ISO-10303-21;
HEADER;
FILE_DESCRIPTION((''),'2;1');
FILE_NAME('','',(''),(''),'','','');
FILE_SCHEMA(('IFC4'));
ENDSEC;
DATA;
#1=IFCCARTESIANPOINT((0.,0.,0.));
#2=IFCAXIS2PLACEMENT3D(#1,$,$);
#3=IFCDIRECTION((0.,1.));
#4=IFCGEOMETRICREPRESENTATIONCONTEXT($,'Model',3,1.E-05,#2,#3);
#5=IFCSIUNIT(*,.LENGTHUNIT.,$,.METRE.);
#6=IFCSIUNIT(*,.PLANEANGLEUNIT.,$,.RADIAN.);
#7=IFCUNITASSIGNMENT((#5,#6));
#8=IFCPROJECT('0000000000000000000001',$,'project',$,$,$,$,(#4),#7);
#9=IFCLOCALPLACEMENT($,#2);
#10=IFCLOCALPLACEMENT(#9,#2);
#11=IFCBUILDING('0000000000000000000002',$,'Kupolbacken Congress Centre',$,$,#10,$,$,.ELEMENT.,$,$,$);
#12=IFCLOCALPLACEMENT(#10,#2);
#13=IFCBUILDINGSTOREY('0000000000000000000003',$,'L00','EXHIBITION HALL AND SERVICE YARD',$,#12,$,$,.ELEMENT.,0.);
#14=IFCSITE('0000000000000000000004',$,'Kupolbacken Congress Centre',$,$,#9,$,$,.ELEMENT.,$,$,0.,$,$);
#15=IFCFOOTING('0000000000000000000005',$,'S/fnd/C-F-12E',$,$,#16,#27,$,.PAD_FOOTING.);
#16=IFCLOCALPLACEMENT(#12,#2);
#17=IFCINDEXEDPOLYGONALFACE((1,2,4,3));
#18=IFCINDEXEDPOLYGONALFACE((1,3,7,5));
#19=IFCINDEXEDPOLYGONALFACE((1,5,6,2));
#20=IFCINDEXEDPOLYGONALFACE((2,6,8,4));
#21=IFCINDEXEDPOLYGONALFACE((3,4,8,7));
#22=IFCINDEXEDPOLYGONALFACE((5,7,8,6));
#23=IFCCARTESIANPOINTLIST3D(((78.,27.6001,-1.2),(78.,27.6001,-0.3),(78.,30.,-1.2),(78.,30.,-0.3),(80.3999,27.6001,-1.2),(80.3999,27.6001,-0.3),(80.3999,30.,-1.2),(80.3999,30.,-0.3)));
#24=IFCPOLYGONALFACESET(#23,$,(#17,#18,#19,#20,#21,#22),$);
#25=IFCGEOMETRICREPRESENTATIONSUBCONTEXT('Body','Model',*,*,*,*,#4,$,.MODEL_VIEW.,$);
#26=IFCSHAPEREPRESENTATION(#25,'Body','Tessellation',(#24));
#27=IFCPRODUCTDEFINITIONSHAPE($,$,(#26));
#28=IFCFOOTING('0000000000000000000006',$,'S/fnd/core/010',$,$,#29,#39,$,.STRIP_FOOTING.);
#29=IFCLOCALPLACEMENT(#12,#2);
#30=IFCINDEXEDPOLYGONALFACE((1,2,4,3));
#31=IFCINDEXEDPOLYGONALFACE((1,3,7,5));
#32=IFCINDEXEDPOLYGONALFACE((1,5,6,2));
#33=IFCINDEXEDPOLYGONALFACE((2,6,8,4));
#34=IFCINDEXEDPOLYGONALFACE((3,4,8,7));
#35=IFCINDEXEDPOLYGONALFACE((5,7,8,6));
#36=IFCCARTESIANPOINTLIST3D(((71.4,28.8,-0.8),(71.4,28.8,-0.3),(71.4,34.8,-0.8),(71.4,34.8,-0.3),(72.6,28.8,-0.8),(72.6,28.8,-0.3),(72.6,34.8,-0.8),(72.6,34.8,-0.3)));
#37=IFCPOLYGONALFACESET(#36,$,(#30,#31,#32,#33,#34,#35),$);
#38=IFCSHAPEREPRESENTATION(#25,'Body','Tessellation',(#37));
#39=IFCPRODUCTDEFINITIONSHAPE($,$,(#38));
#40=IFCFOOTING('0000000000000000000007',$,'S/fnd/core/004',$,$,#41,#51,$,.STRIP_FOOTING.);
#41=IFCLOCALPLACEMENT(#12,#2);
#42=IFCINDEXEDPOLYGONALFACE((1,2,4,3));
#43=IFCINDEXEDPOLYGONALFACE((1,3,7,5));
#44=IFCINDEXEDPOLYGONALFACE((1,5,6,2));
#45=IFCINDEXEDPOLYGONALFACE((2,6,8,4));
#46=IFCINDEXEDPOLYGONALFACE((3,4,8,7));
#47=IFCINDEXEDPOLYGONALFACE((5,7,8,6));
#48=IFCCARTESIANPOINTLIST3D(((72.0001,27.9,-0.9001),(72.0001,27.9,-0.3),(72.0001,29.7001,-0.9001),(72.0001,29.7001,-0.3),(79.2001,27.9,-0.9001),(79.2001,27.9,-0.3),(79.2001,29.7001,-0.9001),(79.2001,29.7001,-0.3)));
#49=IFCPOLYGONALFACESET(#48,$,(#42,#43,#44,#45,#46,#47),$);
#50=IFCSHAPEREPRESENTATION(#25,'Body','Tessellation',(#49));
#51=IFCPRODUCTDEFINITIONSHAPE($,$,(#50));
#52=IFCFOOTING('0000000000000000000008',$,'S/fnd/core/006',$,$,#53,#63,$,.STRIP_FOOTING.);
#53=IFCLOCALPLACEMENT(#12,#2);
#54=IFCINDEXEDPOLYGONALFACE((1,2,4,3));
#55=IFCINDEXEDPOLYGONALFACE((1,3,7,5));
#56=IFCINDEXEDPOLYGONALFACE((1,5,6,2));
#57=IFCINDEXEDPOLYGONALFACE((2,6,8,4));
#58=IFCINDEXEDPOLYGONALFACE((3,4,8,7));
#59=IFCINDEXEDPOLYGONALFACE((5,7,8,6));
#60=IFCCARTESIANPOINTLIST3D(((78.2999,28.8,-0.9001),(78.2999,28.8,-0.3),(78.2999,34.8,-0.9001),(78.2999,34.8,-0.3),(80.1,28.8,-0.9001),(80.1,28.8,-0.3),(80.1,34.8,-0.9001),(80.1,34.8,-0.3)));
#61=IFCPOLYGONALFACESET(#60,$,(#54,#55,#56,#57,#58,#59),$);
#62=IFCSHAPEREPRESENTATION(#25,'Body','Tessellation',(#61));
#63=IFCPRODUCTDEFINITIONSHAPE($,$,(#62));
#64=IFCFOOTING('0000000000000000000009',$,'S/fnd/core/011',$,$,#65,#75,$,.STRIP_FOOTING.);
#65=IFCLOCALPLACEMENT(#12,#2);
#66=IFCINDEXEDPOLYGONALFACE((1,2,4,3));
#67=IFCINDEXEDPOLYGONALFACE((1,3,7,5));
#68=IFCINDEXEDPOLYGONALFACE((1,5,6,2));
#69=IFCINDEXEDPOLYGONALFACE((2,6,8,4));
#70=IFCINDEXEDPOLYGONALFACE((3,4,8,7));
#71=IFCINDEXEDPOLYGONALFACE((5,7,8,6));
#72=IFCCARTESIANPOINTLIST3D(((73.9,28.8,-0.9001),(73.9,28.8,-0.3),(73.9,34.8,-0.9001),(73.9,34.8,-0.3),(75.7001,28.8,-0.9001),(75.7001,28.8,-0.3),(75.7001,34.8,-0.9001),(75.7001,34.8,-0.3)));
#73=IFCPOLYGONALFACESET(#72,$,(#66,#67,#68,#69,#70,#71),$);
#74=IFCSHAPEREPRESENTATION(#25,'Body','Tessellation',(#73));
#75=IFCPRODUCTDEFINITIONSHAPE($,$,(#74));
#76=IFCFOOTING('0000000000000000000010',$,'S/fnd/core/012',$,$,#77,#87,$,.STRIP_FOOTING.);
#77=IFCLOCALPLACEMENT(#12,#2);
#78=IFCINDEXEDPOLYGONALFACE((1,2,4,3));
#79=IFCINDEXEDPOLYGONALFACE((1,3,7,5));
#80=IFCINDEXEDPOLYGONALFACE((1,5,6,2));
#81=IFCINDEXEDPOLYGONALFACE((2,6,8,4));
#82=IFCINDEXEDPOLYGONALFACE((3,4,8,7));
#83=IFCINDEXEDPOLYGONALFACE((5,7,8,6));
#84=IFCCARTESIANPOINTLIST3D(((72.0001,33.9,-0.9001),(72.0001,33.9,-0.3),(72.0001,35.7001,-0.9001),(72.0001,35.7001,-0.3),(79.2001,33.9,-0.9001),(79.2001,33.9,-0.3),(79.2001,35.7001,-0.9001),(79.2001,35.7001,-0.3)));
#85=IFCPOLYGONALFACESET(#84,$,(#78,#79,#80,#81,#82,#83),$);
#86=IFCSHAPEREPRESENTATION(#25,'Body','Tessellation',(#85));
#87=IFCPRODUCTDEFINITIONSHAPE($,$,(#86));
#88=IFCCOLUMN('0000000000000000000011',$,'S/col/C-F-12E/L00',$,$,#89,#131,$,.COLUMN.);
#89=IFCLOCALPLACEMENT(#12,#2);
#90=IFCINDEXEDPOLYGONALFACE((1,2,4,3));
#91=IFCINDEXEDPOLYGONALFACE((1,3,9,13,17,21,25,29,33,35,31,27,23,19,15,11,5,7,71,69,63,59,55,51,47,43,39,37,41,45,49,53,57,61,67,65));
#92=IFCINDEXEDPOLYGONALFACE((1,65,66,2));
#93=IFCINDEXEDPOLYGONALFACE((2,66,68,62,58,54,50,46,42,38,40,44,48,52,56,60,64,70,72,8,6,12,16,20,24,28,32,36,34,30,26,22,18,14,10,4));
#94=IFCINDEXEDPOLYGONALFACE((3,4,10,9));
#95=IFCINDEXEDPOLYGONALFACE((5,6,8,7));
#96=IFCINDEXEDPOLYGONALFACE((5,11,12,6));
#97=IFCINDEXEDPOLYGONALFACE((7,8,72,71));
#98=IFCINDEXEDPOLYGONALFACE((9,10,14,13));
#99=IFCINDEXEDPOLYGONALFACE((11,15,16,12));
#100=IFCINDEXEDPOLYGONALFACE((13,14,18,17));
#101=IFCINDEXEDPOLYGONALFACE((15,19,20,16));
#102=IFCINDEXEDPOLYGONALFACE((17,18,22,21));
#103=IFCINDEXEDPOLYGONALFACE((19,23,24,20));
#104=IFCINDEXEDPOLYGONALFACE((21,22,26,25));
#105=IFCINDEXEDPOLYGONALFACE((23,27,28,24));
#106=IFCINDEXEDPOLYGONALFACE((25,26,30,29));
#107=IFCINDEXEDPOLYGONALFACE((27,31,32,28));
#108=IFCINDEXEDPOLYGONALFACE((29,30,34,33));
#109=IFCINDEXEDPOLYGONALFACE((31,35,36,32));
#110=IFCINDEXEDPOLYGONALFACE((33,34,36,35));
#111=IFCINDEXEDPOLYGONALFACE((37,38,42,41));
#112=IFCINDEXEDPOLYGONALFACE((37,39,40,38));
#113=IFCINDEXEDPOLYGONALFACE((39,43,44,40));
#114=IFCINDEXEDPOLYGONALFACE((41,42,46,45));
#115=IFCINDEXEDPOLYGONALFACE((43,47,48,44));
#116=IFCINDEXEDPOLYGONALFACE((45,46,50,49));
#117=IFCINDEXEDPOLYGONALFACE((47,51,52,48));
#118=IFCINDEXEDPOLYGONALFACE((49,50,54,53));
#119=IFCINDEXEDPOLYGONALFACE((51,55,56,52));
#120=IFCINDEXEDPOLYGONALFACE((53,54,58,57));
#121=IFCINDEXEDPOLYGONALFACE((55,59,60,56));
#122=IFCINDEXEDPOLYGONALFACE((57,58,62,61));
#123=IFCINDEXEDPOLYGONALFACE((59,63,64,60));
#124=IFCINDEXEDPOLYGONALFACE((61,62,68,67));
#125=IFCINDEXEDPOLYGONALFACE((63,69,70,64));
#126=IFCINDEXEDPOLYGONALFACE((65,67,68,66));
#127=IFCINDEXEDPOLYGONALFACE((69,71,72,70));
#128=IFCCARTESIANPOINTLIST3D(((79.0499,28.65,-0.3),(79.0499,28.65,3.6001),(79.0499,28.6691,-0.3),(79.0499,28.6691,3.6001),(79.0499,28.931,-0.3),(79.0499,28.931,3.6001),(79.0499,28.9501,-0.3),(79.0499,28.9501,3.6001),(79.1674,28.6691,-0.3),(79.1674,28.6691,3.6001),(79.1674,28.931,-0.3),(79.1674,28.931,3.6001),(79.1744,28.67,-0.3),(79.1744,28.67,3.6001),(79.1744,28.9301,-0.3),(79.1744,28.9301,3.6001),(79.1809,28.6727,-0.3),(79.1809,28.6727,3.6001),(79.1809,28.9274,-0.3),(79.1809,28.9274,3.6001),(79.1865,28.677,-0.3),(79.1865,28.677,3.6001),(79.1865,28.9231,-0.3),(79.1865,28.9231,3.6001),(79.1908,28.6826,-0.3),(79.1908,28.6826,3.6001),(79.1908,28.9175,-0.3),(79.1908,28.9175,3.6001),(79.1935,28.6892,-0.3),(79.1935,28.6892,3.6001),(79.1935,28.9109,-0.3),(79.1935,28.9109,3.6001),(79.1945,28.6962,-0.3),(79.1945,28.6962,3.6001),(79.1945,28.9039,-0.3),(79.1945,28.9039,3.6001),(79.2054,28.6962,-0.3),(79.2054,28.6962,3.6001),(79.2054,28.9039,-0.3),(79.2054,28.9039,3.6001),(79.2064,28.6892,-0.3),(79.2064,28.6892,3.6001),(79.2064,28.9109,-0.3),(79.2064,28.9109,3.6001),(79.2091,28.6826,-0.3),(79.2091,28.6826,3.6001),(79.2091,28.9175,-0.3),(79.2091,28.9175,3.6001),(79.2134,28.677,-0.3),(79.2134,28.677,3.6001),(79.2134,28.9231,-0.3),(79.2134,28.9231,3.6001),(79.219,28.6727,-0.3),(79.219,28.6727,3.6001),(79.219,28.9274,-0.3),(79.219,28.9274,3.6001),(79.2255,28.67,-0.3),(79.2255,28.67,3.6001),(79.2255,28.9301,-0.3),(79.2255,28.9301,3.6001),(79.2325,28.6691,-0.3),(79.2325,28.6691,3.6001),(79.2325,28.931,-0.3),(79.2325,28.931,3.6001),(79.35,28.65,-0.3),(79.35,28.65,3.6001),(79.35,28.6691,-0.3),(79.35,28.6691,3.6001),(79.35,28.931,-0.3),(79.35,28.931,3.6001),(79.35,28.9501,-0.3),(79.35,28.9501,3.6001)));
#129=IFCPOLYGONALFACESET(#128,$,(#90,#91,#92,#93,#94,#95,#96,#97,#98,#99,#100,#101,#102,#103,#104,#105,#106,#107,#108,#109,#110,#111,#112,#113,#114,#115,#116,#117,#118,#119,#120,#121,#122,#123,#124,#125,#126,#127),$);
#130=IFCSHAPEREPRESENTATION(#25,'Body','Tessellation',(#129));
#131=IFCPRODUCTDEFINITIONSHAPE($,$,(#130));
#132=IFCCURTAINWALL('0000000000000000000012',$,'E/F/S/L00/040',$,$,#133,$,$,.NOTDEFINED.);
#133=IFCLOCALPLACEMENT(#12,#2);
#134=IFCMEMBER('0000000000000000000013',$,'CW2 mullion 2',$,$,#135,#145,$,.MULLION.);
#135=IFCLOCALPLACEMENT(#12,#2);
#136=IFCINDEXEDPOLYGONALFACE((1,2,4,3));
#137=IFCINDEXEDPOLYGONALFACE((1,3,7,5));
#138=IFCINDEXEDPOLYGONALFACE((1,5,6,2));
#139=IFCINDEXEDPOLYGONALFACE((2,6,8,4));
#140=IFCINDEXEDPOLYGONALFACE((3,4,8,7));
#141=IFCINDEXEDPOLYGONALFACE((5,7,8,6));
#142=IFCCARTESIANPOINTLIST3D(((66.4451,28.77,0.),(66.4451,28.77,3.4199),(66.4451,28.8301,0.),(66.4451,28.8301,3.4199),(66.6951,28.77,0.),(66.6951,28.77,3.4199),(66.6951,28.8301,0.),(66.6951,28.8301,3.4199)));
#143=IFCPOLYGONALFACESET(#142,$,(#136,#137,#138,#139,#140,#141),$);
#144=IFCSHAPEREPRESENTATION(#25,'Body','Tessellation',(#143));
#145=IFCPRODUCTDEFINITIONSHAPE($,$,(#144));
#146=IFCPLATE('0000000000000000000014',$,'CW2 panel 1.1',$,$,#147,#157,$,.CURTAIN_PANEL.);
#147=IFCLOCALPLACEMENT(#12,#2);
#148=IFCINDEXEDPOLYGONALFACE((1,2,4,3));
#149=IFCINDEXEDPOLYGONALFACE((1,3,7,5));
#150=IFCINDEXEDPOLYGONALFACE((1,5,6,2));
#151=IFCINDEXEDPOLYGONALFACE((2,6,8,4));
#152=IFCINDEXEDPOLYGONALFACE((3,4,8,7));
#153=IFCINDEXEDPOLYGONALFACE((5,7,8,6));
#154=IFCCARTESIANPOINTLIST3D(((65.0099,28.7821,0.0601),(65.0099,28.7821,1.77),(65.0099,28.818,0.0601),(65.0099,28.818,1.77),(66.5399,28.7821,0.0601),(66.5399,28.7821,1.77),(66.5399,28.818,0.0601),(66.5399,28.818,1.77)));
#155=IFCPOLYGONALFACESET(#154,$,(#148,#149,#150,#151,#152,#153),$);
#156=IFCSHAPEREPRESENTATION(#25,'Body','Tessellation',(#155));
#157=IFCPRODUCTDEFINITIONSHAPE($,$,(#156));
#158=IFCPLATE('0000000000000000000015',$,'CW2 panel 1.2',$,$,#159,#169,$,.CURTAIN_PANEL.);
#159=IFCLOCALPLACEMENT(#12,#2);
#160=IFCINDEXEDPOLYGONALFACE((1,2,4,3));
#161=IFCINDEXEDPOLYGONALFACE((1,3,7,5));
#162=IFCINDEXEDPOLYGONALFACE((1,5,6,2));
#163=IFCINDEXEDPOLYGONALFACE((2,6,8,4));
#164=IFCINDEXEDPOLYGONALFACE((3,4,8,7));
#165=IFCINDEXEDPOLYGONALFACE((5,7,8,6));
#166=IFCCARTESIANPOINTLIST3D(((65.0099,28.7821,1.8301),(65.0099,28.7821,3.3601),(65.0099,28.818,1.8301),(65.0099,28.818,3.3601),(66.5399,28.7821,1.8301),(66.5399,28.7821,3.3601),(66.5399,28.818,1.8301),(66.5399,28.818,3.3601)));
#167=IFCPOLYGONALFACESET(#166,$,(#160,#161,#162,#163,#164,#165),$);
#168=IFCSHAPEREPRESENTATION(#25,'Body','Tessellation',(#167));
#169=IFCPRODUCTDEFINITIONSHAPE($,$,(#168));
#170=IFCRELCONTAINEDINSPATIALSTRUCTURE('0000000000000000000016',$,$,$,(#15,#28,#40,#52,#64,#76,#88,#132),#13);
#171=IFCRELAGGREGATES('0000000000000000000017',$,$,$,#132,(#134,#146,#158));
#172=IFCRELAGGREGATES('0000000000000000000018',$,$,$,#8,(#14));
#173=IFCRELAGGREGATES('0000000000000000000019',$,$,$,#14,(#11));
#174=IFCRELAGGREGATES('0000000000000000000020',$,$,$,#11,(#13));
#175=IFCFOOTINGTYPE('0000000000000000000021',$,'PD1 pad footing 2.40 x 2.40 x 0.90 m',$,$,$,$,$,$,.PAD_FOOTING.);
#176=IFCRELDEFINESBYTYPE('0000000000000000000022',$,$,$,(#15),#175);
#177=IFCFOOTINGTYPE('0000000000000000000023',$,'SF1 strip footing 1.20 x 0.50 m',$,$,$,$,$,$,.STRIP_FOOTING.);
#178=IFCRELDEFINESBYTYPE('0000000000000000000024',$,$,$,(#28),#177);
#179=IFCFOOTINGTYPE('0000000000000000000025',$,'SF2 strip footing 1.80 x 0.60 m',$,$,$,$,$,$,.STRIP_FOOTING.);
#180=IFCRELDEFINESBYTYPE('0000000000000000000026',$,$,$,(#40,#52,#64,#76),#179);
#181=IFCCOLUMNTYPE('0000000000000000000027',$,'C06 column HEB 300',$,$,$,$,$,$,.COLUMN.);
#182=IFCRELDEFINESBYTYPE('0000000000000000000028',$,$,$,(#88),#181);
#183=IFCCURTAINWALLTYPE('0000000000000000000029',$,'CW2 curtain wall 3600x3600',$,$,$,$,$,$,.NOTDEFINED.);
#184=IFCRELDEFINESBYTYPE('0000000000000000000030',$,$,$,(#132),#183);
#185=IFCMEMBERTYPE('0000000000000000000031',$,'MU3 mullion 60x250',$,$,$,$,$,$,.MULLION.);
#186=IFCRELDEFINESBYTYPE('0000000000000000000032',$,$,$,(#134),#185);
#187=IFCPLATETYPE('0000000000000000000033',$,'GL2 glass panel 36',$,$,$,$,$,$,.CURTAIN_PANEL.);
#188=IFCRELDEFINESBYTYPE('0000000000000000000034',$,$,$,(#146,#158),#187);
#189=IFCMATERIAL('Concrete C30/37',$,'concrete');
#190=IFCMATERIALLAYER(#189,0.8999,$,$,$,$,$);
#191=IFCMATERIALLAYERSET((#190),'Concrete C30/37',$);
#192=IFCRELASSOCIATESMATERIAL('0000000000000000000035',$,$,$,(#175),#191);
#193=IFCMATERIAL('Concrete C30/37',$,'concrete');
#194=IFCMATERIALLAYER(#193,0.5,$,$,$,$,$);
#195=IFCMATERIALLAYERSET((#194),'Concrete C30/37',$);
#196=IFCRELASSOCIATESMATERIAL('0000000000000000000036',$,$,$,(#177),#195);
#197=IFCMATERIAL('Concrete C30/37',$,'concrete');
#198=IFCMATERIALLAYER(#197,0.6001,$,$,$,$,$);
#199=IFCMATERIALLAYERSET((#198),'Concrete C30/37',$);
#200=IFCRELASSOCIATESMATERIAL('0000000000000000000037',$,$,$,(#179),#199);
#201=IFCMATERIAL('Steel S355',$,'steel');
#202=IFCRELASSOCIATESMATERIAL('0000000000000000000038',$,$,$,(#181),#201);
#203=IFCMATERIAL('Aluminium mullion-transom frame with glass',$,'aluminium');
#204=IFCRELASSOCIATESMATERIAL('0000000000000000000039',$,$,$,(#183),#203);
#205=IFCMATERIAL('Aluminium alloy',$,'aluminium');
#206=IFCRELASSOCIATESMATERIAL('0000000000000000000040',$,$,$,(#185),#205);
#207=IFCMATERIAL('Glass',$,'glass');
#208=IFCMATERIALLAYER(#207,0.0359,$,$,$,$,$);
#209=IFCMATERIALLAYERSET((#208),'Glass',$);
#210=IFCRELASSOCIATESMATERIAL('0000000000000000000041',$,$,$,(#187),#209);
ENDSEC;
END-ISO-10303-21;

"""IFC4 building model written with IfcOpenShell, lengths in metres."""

from ifc_helpers import new_model, si_unit, direction, frame, origin, origin_2d, place, context, subcontext, project, spatial, rectangle, i_section, extrude, material, layer, layer_set, material_profile, profile_set, type_object, element, aggregate, save


model = new_model("IFC4")

# Units and contexts
model_context = context("Model", 3, precision=1e-05, world=origin(), true_north=direction((0.0, 1.0)))
body_context = subcontext(model_context, "Body", "Model", "MODEL_VIEW")
ifc_project = project(units=[si_unit("LENGTHUNIT", "METRE"), si_unit("PLANEANGLEUNIT", "RADIAN")], contexts=[model_context])

# Site, building, storey
site_placement = place(None, origin())
site = spatial("IfcSite", under=ifc_project, at=site_placement, Name="Kupolbacken Congress Centre", CompositionType="ELEMENT", RefElevation=0.0)
building_placement = place(site_placement, origin())
building = spatial("IfcBuilding", under=site, at=building_placement, Name="Kupolbacken Congress Centre", CompositionType="ELEMENT")
storey_placement = place(building_placement, origin())
storey = spatial("IfcBuildingStorey", under=building, at=storey_placement, Name="L00", Description="EXHIBITION HALL AND SERVICE YARD", CompositionType="ELEMENT", Elevation=0.0)

# Footings
ifc_material_1 = material(Name="Concrete C30/37", Category="concrete")
ifc_layer_1 = layer(ifc_material_1, 0.8999)
ifc_layer_set_1 = layer_set([ifc_layer_1], Name="Concrete C30/37")
footing_type_1 = type_object("IfcFootingType", Name="PD1 pad footing 2.40 x 2.40 x 0.90 m", PredefinedType="PAD_FOOTING", material=ifc_layer_set_1)
footing_1_placement = place(storey_placement, frame((79.2, 28.8, -1.2), z_axis=(0.0, 0.0, 1.0), x_axis=(1.0, 0.0, 0.0)))
element("IfcFooting", 1, at=footing_1_placement, inside=storey, type_object=footing_type_1, Name="S/fnd/C-F-12E", PredefinedType="PAD_FOOTING", context=body_context, shape_type="SweptSolid", body=[
    extrude(rectangle(XDim=2.3999, YDim=2.3999, at=origin_2d()), origin(), (0.0, 0.0, 1.0), 0.8999),
])
ifc_material_2 = material(Name="Concrete C30/37", Category="concrete")
ifc_layer_2 = layer(ifc_material_2, 0.5)
ifc_layer_set_2 = layer_set([ifc_layer_2], Name="Concrete C30/37")
footing_type_2 = type_object("IfcFootingType", Name="SF1 strip footing 1.20 x 0.50 m", PredefinedType="STRIP_FOOTING", material=ifc_layer_set_2)
footing_2_placement = place(storey_placement, frame((72.0, 31.8, -0.8), z_axis=(0.0, 0.0, 1.0), x_axis=(0.0, 1.0, 0.0)))
element("IfcFooting", 2, at=footing_2_placement, inside=storey, type_object=footing_type_2, Name="S/fnd/core/010", PredefinedType="STRIP_FOOTING", context=body_context, shape_type="SweptSolid", body=[
    extrude(rectangle(XDim=6.0, YDim=1.2, at=origin_2d()), origin(), (0.0, 0.0, 1.0), 0.5),
])
ifc_material_3 = material(Name="Concrete C30/37", Category="concrete")
ifc_layer_3 = layer(ifc_material_3, 0.6001)
ifc_layer_set_3 = layer_set([ifc_layer_3], Name="Concrete C30/37")
footing_type_3 = type_object("IfcFootingType", Name="SF2 strip footing 1.80 x 0.60 m", PredefinedType="STRIP_FOOTING", material=ifc_layer_set_3)
footing_3_placement = place(storey_placement, frame((75.6001, 28.8, -0.9001), z_axis=(0.0, 0.0, 1.0), x_axis=(1.0, 0.0, 0.0)))
element("IfcFooting", 3, at=footing_3_placement, inside=storey, type_object=footing_type_3, Name="S/fnd/core/004", PredefinedType="STRIP_FOOTING", context=body_context, shape_type="SweptSolid", body=[
    extrude(rectangle(XDim=7.2, YDim=1.8, at=origin_2d()), origin(), (0.0, 0.0, 1.0), 0.6001),
])
for number, where, z_axis, x_axis, name in (
    (4, (79.2, 31.8, -0.9001), (0.0, 0.0, 1.0), (0.0, 1.0, 0.0), "S/fnd/core/006"),
    (5, (74.8, 31.8, -0.9001), (0.0, 0.0, 1.0), (0.0, 1.0, 0.0), "S/fnd/core/011"),
):
    element("IfcFooting", number, at=place(storey_placement, frame(where, z_axis=z_axis, x_axis=x_axis)), inside=storey, type_object=footing_type_3, Name=name, PredefinedType="STRIP_FOOTING", context=body_context, shape_type="SweptSolid", body=[
        extrude(rectangle(XDim=6.0, YDim=1.8, at=origin_2d()), origin(), (0.0, 0.0, 1.0), 0.6001),
    ])
footing_4_placement = place(storey_placement, frame((75.6001, 34.8, -0.9001), z_axis=(0.0, 0.0, 1.0), x_axis=(1.0, 0.0, 0.0)))
element("IfcFooting", 6, at=footing_4_placement, inside=storey, type_object=footing_type_3, Name="S/fnd/core/012", PredefinedType="STRIP_FOOTING", context=body_context, shape_type="SweptSolid", body=[
    extrude(rectangle(XDim=7.2, YDim=1.8, at=origin_2d()), origin(), (0.0, 0.0, 1.0), 0.6001),
])

# Column
ifc_material_4 = material(Name="Steel S355", Category="steel")
ifc_material_profile_1 = material_profile(ifc_material_4, i_section(OverallWidth=0.3, OverallDepth=0.3, WebThickness=0.011, FlangeThickness=0.019, FilletRadius=0.0271, at=origin_2d()), Name="HEB 300")
ifc_profile_set_1 = profile_set([ifc_material_profile_1], Name="Steel S355")
column_type = type_object("IfcColumnType", Name="C06 column HEB 300", PredefinedType="COLUMN", material=ifc_profile_set_1)
column_placement = place(storey_placement, frame((79.2, 28.8, -0.3), z_axis=(0.0, 0.0, 1.0), x_axis=(1.0, 0.0, 0.0)))
element("IfcColumn", 7, at=column_placement, inside=storey, type_object=column_type, Name="S/col/C-F-12E/L00", PredefinedType="COLUMN", context=body_context, shape_type="SweptSolid", body=[
    extrude(i_section(OverallWidth=0.3, OverallDepth=0.3, WebThickness=0.011, FlangeThickness=0.019, FilletRadius=0.0271, at=origin_2d()), origin(), (0.0, 0.0, 1.0), 3.9001),
])

# Curtain wall, member, plates
ifc_material_5 = material(Name="Aluminium mullion-transom frame with glass", Category="aluminium")
curtain_wall_type = type_object("IfcCurtainWallType", Name="CW2 curtain wall 3600x3600", PredefinedType="NOTDEFINED", material=ifc_material_5)
curtain_wall_placement = place(storey_placement, origin())
curtain_wall = element("IfcCurtainWall", 8, at=curtain_wall_placement, inside=storey, type_object=curtain_wall_type, Name="E/F/S/L00/040", PredefinedType="NOTDEFINED")
ifc_material_6 = material(Name="Aluminium alloy", Category="aluminium")
ifc_material_profile_2 = material_profile(ifc_material_6, rectangle(XDim=0.0601, YDim=0.25, at=origin_2d()), Name="60 x 250")
ifc_profile_set_2 = profile_set([ifc_material_profile_2], Name="Aluminium alloy")
member_type = type_object("IfcMemberType", Name="MU3 mullion 60x250", PredefinedType="MULLION", material=ifc_profile_set_2)
member_placement = place(storey_placement, frame((66.5701, 28.8, 0.0), z_axis=(0.0, 0.0, 1.0), x_axis=(0.0, 1.0, 0.0)))
member = element("IfcMember", 9, at=member_placement, type_object=member_type, Name="CW2 mullion 2", PredefinedType="MULLION", context=body_context, shape_type="SweptSolid", body=[
    extrude(rectangle(XDim=0.0601, YDim=0.25, at=origin_2d()), origin(), (0.0, 0.0, 1.0), 3.4199),
])
ifc_material_7 = material(Name="Glass", Category="glass")
ifc_layer_4 = layer(ifc_material_7, 0.0359)
ifc_layer_set_4 = layer_set([ifc_layer_4], Name="Glass")
plate_type = type_object("IfcPlateType", Name="GL2 glass panel 36", PredefinedType="CURTAIN_PANEL", material=ifc_layer_set_4)
plate_1_placement = place(storey_placement, frame((65.7749, 28.8, 0.0601), z_axis=(0.0, 0.0, 1.0), x_axis=(1.0, 0.0, 0.0)))
plate_1 = element("IfcPlate", 10, at=plate_1_placement, type_object=plate_type, Name="CW2 panel 1.1", PredefinedType="CURTAIN_PANEL", context=body_context, shape_type="SweptSolid", body=[
    extrude(rectangle(XDim=1.53, YDim=0.0359, at=origin_2d()), origin(), (0.0, 0.0, 1.0), 1.71),
])
plate_2_placement = place(storey_placement, frame((65.7749, 28.8, 1.8301), z_axis=(0.0, 0.0, 1.0), x_axis=(1.0, 0.0, 0.0)))
plate_2 = element("IfcPlate", 11, at=plate_2_placement, type_object=plate_type, Name="CW2 panel 1.2", PredefinedType="CURTAIN_PANEL", context=body_context, shape_type="SweptSolid", body=[
    extrude(rectangle(XDim=1.53, YDim=0.0359, at=origin_2d()), origin(), (0.0, 0.0, 1.0), 1.53),
])
aggregate(curtain_wall, [member, plate_1, plate_2])

save(model, "model.ifc")
